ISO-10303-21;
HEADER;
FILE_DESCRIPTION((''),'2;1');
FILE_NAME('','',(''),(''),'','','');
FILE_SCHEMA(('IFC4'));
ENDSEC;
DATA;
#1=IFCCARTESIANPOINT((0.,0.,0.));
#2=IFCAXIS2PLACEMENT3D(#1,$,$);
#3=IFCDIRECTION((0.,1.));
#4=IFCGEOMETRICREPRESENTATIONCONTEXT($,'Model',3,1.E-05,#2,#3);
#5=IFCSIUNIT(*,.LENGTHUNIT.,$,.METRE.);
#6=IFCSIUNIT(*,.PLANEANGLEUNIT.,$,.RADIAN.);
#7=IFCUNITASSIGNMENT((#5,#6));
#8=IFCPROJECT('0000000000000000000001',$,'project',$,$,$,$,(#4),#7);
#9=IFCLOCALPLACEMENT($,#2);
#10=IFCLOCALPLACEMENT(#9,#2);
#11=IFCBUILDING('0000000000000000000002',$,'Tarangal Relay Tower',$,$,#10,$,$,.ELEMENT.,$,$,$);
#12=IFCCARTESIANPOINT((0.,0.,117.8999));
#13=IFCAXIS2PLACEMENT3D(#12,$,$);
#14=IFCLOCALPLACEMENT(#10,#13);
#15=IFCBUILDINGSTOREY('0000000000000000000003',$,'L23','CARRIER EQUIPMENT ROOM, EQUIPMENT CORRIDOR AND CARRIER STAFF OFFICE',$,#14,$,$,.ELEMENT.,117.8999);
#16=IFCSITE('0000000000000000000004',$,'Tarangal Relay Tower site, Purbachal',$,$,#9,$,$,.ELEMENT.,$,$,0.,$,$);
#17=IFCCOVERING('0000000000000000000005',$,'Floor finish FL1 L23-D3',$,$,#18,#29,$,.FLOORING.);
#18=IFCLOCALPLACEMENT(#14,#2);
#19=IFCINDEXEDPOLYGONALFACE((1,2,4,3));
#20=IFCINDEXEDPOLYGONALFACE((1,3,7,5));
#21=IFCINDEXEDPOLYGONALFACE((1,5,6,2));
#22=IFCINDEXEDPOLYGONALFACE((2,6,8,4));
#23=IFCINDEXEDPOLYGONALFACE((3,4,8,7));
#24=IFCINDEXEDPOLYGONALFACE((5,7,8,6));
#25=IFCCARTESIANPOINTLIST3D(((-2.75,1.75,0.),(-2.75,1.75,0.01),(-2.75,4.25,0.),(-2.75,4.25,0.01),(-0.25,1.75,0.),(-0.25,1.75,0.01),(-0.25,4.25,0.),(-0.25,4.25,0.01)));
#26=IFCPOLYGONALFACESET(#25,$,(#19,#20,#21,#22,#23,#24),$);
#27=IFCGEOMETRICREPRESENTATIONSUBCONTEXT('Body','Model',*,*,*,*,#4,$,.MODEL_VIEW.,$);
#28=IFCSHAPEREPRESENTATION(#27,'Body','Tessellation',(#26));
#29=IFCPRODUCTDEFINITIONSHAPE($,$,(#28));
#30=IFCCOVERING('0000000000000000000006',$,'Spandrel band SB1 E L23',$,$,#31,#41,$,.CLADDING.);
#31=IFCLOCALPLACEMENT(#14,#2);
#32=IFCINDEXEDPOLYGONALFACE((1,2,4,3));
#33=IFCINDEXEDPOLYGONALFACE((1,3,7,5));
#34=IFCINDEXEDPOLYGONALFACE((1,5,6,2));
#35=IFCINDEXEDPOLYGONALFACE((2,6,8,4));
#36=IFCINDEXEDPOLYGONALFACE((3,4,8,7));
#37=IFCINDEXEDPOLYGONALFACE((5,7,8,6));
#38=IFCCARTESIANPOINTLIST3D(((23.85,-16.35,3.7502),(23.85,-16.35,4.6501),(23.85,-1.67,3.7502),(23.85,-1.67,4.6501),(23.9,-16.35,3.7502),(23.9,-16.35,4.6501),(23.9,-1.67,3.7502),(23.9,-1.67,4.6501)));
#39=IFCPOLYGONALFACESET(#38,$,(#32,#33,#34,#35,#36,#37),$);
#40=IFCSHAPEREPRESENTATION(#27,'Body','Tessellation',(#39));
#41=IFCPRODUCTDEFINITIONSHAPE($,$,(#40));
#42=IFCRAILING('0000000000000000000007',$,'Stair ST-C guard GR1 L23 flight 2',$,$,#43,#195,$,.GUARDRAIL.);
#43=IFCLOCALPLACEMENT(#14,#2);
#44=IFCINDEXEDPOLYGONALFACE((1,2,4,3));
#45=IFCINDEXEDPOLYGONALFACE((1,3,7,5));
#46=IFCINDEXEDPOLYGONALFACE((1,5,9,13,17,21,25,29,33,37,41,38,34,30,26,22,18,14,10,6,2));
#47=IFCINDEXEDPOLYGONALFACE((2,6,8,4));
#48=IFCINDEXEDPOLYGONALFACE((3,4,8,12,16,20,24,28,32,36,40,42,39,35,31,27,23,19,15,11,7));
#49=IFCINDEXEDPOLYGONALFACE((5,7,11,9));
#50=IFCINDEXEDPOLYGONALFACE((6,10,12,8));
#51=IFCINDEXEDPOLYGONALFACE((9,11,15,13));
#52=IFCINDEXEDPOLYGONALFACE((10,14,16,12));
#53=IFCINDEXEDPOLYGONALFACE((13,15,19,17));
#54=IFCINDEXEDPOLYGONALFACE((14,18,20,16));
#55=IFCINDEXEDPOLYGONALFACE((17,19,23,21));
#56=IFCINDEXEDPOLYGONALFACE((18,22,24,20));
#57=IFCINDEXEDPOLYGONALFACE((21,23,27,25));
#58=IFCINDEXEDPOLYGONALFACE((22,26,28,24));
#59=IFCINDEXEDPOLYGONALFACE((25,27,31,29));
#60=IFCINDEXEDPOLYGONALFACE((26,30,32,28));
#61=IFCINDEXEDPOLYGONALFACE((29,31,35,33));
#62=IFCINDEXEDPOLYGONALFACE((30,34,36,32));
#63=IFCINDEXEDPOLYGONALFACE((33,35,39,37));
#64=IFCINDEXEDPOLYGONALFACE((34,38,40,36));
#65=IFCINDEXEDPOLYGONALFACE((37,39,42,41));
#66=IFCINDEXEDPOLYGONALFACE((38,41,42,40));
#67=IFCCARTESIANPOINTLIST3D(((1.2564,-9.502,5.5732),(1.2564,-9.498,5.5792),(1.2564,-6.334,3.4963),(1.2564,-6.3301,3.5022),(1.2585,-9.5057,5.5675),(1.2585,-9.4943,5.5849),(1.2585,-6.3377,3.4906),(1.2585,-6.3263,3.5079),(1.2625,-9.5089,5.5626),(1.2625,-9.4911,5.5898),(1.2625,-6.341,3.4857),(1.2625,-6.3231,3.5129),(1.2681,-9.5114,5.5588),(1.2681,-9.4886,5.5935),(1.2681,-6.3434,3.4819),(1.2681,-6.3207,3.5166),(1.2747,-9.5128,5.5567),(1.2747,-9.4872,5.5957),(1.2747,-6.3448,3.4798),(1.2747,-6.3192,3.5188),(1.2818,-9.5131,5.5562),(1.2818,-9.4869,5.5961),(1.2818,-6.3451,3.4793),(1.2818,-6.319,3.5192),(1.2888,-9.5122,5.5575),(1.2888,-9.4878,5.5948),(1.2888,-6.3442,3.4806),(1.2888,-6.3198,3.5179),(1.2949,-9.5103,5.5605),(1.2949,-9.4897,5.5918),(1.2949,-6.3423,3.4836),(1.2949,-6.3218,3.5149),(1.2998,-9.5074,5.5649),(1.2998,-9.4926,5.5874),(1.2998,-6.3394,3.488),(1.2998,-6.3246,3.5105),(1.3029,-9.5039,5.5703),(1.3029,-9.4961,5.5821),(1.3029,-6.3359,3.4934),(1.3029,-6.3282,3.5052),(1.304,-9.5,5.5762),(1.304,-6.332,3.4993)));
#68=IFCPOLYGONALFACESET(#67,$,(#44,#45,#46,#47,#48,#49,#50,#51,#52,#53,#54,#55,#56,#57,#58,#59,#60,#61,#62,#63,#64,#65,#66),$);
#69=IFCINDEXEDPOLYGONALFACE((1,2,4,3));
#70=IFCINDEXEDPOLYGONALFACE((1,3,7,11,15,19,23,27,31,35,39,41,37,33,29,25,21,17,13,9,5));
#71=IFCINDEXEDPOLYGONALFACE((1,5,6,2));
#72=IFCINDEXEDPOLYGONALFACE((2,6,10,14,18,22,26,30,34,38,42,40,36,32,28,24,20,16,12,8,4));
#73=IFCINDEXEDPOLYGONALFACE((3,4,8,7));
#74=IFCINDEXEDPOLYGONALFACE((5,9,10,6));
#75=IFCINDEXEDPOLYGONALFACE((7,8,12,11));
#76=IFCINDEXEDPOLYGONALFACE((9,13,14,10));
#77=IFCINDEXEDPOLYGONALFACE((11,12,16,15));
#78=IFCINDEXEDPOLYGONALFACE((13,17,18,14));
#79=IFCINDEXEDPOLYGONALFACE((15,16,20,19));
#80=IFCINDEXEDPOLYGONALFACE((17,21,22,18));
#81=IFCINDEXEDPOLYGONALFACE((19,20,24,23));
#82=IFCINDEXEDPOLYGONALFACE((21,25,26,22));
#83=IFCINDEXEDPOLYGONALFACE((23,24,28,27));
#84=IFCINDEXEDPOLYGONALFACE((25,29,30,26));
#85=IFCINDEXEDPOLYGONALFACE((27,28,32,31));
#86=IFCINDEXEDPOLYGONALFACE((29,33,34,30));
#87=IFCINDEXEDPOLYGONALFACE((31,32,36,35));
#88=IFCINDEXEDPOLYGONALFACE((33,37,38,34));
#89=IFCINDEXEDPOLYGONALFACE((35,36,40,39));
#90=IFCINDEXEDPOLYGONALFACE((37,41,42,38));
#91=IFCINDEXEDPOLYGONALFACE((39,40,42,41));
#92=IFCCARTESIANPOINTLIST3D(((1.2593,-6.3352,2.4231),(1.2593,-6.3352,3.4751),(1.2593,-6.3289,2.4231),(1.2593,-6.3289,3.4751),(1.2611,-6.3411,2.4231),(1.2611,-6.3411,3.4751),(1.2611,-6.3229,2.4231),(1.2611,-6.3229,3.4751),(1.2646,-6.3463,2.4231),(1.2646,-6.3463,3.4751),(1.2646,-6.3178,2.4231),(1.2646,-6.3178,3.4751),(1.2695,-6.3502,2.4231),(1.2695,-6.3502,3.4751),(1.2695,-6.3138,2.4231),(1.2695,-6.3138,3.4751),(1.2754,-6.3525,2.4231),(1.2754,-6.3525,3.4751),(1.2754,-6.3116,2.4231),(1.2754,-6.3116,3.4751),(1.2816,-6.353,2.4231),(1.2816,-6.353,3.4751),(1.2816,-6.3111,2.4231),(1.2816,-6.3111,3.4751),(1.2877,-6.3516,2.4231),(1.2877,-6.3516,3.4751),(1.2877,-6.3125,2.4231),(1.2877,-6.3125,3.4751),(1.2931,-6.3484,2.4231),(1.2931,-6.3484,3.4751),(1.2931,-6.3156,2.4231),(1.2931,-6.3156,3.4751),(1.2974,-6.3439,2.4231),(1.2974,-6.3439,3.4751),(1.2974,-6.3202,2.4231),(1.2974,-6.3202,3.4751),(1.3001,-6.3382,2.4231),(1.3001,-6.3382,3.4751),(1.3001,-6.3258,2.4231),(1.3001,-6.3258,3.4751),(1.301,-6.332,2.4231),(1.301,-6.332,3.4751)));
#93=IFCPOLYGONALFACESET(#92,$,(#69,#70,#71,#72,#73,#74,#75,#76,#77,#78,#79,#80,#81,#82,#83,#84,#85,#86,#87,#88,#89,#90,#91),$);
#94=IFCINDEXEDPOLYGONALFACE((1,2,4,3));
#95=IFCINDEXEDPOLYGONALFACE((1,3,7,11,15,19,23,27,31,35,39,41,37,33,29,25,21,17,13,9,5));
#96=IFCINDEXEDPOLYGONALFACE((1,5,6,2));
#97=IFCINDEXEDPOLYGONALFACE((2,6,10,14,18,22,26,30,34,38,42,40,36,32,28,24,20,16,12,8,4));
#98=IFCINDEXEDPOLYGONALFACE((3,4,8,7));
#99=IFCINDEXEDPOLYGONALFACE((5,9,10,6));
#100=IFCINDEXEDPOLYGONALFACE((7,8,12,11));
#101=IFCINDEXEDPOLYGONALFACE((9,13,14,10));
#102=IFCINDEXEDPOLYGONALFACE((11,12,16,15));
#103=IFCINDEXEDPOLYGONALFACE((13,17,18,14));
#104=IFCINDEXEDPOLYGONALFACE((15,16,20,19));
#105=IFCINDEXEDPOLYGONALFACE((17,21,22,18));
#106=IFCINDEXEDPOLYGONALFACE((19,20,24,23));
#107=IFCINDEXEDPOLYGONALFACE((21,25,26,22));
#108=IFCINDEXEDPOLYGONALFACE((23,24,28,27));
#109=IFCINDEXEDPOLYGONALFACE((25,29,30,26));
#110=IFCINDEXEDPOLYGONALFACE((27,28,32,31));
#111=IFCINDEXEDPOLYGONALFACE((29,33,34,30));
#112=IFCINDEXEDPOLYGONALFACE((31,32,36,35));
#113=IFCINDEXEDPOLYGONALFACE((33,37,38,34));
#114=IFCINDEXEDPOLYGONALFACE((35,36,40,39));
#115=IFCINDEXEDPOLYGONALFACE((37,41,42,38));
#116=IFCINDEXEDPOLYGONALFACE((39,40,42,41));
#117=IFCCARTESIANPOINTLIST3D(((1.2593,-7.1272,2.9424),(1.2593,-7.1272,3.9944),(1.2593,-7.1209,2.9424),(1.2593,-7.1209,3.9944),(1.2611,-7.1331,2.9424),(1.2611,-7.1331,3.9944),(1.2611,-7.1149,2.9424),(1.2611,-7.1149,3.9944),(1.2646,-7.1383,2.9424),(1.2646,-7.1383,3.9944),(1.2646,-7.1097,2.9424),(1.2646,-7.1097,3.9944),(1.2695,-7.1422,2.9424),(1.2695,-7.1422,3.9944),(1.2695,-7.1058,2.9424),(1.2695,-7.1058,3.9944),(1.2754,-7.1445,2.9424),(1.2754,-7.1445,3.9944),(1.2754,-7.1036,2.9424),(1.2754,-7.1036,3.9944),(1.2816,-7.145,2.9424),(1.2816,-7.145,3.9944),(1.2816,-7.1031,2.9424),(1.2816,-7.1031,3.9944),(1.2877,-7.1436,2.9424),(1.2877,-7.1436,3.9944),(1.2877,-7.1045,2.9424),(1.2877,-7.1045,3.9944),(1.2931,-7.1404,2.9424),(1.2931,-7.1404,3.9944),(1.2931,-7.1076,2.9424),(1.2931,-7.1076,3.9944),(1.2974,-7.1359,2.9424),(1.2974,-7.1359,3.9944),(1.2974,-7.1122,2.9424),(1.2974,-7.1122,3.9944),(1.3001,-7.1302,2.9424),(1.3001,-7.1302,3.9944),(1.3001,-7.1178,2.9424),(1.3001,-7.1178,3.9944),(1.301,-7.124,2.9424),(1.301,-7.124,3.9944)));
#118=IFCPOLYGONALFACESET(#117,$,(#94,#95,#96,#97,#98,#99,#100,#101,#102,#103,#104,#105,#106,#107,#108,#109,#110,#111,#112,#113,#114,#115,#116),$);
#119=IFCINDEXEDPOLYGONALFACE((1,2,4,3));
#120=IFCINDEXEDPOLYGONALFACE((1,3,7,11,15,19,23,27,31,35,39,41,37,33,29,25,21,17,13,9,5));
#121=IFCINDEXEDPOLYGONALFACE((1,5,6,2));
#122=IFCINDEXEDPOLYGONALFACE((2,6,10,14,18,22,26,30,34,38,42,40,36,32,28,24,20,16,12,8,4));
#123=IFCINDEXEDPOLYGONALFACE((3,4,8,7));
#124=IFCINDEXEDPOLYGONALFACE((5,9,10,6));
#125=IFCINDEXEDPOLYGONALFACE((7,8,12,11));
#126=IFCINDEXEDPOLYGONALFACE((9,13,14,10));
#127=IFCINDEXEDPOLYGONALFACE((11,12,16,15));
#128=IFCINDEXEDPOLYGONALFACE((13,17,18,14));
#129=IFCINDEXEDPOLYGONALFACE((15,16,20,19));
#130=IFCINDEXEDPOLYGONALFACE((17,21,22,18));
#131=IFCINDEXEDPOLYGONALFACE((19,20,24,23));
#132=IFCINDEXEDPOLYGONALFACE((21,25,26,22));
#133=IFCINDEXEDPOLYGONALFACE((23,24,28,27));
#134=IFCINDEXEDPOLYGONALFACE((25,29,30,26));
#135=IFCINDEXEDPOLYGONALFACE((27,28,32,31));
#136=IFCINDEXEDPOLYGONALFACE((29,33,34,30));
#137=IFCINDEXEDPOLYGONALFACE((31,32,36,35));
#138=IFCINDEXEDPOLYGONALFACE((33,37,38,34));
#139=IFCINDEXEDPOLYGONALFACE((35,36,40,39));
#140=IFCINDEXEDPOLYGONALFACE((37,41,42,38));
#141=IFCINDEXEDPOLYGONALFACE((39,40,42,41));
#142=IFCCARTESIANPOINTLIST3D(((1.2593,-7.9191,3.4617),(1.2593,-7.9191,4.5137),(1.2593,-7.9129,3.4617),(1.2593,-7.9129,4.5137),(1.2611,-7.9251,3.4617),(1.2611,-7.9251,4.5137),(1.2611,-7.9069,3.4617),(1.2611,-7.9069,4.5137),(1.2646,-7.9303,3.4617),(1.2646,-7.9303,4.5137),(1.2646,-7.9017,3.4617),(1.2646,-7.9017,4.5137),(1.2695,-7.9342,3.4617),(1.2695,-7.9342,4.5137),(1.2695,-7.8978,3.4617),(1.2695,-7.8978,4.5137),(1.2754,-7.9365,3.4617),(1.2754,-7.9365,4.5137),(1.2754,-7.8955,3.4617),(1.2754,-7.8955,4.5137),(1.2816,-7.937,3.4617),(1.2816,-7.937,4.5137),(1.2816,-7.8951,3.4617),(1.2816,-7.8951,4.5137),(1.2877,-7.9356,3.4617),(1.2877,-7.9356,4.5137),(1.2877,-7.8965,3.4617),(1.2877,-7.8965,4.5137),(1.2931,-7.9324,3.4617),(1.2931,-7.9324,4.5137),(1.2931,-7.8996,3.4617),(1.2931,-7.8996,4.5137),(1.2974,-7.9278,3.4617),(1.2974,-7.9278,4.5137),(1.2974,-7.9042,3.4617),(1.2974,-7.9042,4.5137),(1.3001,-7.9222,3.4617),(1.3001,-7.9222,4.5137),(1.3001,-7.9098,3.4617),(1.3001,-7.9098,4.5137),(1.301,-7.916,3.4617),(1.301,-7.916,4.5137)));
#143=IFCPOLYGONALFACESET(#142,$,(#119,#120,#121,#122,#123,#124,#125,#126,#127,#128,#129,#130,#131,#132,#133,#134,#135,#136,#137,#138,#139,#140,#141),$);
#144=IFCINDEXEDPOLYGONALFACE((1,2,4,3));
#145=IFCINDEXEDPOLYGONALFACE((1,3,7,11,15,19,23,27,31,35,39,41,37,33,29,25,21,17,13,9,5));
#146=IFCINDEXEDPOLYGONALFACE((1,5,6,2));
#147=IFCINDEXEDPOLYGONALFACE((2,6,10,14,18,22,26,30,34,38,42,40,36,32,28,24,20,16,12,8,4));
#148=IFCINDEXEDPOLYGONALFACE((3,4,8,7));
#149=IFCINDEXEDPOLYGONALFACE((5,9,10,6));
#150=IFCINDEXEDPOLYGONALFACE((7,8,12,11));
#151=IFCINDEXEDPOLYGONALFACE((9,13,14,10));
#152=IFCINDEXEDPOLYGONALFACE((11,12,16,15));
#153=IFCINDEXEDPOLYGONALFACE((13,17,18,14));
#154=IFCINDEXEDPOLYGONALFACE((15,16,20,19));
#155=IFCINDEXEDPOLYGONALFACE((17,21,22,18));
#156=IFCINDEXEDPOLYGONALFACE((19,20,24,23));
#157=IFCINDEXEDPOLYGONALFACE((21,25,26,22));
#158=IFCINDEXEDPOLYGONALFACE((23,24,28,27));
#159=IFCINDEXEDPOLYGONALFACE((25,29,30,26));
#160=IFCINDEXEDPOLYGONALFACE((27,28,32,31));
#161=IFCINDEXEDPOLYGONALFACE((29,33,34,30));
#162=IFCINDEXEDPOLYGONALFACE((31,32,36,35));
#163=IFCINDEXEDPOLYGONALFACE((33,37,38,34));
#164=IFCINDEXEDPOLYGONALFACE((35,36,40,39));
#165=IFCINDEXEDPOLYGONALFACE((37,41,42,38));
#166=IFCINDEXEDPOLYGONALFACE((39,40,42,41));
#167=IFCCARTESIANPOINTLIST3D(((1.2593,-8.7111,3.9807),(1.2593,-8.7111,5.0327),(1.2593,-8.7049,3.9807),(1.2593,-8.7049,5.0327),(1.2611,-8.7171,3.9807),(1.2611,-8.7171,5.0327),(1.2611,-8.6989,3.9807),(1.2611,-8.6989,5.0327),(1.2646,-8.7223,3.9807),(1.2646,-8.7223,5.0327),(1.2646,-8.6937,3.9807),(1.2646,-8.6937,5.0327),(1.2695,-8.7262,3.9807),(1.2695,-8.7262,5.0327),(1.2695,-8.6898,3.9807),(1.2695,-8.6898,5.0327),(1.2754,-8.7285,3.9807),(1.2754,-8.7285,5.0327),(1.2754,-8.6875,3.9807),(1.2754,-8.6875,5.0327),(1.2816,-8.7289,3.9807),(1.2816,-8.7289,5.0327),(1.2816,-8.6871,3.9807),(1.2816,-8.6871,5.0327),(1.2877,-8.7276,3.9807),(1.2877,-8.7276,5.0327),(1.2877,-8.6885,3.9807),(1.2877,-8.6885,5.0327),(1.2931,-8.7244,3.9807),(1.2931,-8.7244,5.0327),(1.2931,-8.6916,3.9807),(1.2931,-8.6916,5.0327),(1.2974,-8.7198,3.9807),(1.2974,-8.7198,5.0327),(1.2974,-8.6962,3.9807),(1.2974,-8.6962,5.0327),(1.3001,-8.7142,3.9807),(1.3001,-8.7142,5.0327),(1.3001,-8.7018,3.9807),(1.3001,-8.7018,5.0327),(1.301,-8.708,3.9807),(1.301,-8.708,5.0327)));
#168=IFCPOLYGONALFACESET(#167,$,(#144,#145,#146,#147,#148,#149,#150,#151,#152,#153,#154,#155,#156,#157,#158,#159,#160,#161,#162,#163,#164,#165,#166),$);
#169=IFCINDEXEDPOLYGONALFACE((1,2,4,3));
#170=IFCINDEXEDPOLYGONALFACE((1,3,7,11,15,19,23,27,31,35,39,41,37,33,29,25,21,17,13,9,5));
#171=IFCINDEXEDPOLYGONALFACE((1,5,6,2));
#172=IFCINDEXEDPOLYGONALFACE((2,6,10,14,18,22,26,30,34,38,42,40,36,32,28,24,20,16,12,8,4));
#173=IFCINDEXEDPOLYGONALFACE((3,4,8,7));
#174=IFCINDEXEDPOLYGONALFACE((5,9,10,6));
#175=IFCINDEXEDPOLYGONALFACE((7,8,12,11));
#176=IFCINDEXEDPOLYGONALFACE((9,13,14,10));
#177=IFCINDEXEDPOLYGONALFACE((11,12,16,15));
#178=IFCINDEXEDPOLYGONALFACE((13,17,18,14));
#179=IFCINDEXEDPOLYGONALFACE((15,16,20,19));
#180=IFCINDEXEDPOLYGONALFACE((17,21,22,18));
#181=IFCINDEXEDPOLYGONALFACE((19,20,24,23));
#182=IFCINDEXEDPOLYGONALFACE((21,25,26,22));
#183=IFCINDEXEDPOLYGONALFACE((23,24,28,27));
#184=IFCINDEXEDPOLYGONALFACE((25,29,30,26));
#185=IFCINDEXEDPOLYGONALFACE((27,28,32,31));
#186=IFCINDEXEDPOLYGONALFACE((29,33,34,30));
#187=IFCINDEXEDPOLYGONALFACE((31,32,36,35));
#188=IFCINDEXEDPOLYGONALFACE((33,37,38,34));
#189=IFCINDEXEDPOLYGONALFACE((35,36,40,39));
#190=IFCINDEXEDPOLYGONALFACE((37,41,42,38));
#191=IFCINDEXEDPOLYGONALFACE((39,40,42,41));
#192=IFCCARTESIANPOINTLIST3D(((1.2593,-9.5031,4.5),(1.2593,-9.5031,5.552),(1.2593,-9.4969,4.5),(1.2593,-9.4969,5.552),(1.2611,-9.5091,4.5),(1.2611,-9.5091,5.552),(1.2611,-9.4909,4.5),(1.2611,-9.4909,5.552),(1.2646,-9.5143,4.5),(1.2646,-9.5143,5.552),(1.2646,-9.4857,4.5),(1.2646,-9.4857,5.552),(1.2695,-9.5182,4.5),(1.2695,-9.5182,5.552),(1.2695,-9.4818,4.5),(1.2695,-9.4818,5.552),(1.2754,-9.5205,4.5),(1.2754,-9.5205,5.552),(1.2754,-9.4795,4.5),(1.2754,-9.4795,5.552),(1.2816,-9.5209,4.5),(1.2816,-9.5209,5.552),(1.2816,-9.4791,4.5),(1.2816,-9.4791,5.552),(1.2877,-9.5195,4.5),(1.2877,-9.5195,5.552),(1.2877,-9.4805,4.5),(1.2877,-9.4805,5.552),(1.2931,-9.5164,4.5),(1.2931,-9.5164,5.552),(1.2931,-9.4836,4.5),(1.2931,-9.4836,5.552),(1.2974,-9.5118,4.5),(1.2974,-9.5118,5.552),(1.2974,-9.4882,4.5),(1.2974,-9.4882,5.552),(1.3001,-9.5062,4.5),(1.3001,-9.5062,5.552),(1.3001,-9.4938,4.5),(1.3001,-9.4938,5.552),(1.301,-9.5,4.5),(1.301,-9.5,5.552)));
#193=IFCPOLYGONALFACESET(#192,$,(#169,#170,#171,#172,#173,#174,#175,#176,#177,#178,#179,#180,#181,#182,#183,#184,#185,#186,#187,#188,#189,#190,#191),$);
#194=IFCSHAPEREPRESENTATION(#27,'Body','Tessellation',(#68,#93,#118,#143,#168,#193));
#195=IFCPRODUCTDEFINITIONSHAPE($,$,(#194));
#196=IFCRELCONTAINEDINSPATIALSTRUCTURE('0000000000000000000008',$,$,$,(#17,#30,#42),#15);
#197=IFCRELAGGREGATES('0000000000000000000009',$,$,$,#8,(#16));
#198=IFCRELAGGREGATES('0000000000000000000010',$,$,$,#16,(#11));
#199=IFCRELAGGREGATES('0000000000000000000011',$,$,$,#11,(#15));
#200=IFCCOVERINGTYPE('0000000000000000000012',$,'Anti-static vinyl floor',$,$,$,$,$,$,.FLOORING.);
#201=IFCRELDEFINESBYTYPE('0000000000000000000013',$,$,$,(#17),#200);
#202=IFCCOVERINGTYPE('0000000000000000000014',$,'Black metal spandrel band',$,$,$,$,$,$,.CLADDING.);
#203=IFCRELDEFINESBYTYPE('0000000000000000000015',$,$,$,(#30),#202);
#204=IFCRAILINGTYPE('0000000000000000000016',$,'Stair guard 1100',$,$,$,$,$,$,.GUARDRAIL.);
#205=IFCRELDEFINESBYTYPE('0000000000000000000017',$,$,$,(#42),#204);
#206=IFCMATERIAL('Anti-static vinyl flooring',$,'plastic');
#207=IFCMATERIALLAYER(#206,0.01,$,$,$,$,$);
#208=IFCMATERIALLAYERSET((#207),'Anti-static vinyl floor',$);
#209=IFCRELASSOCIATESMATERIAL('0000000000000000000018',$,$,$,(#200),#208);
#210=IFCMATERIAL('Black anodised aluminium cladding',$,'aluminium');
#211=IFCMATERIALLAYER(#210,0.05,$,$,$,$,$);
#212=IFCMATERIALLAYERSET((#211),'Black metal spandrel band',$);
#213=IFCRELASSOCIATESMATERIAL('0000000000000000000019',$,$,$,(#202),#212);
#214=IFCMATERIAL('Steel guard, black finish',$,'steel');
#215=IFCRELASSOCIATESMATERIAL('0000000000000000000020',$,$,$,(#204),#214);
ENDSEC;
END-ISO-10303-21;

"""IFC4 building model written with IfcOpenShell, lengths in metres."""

from ifc_helpers import new_model, si_unit, direction, frame, origin, origin_2d, place, context, subcontext, project, spatial, polyline, rectangle, circle, outline, extrude, material, layer, layer_set, type_object, element, save


model = new_model("IFC4")

# Units and contexts
model_context = context("Model", 3, precision=1e-05, world=origin(), true_north=direction((0.0, 1.0)))
body_context = subcontext(model_context, "Body", "Model", "MODEL_VIEW")
ifc_project = project(units=[si_unit("LENGTHUNIT", "METRE"), si_unit("PLANEANGLEUNIT", "RADIAN")], contexts=[model_context])

# Site, building, storey
site_placement = place(None, origin())
site = spatial("IfcSite", under=ifc_project, at=site_placement, Name="Tarangal Relay Tower site, Purbachal", CompositionType="ELEMENT", RefElevation=0.0)
building_placement = place(site_placement, origin())
building = spatial("IfcBuilding", under=site, at=building_placement, Name="Tarangal Relay Tower", CompositionType="ELEMENT")
storey_placement = place(building_placement, frame((0.0, 0.0, 117.8999)))
storey = spatial("IfcBuildingStorey", under=building, at=storey_placement, Name="L23", Description="CARRIER EQUIPMENT ROOM, EQUIPMENT CORRIDOR AND CARRIER STAFF OFFICE", CompositionType="ELEMENT", Elevation=117.8999)

# Coverings
ifc_material_1 = material(Name="Anti-static vinyl flooring", Category="plastic")
ifc_layer_1 = layer(ifc_material_1, 0.01)
ifc_layer_set_1 = layer_set([ifc_layer_1], Name="Anti-static vinyl floor")
covering_type_1 = type_object("IfcCoveringType", Name="Anti-static vinyl floor", PredefinedType="FLOORING", material=ifc_layer_set_1)
covering_1_placement = place(storey_placement, origin())
element("IfcCovering", 1, at=covering_1_placement, inside=storey, type_object=covering_type_1, Name="Floor finish FL1 L23-D3", PredefinedType="FLOORING", context=body_context, shape_type="SweptSolid", body=[
    extrude(outline(polyline([(-2.75, 1.75), (-0.25, 1.75), (-0.25, 4.25), (-2.75, 4.25), (-2.75, 1.75)])), origin(), (0.0, 0.0, 1.0), 0.01),
])
ifc_material_2 = material(Name="Black anodised aluminium cladding", Category="aluminium")
ifc_layer_2 = layer(ifc_material_2, 0.05)
ifc_layer_set_2 = layer_set([ifc_layer_2], Name="Black metal spandrel band")
covering_type_2 = type_object("IfcCoveringType", Name="Black metal spandrel band", PredefinedType="CLADDING", material=ifc_layer_set_2)
covering_2_placement = place(storey_placement, frame((23.875, -9.01, 3.7502), z_axis=(0.0, 0.0, 1.0), x_axis=(0.0, -1.0, 0.0)))
element("IfcCovering", 2, at=covering_2_placement, inside=storey, type_object=covering_type_2, Name="Spandrel band SB1 E L23", PredefinedType="CLADDING", context=body_context, shape_type="SweptSolid", body=[
    extrude(rectangle(XDim=14.6799, YDim=0.05, at=origin_2d()), origin(), (0.0, 0.0, 1.0), 0.8999),
])

# Railing
ifc_material_3 = material(Name="Steel guard, black finish", Category="steel")
railing_type_1 = type_object("IfcRailingType", Name="Stair guard 1100", PredefinedType="GUARDRAIL", material=ifc_material_3)
railing_1_placement = place(storey_placement, frame((1.28, -6.332, 2.4231)))
element("IfcRailing", 3, at=railing_1_placement, inside=storey, type_object=railing_type_1, Name="Stair ST-C guard GR1 L23 flight 2", PredefinedType="GUARDRAIL", context=body_context, shape_type="SweptSolid", body=[
    extrude(circle(Radius=0.0239, at=origin_2d()), frame((0.0, 0.0, 1.0762), z_axis=(0.0, -0.836299, 0.548273), x_axis=(1.0, 0.0, 0.0)), (0.0, 0.0, 1.0), 3.7881),
    extrude(circle(Radius=0.021, at=origin_2d()), origin(), (0.0, 0.0, 1.0), 1.052),
    extrude(circle(Radius=0.021, at=origin_2d()), frame((0.0, -0.792, 0.5193)), (0.0, 0.0, 1.0), 1.052),
    extrude(circle(Radius=0.021, at=origin_2d()), frame((0.0, -1.584, 1.0386)), (0.0, 0.0, 1.0), 1.052),
    extrude(circle(Radius=0.021, at=origin_2d()), frame((0.0, -2.376, 1.5576)), (0.0, 0.0, 1.0), 1.052),
    extrude(circle(Radius=0.021, at=origin_2d()), frame((0.0, -3.168, 2.0769)), (0.0, 0.0, 1.0), 1.052),
])

save(model, "model.ifc")
